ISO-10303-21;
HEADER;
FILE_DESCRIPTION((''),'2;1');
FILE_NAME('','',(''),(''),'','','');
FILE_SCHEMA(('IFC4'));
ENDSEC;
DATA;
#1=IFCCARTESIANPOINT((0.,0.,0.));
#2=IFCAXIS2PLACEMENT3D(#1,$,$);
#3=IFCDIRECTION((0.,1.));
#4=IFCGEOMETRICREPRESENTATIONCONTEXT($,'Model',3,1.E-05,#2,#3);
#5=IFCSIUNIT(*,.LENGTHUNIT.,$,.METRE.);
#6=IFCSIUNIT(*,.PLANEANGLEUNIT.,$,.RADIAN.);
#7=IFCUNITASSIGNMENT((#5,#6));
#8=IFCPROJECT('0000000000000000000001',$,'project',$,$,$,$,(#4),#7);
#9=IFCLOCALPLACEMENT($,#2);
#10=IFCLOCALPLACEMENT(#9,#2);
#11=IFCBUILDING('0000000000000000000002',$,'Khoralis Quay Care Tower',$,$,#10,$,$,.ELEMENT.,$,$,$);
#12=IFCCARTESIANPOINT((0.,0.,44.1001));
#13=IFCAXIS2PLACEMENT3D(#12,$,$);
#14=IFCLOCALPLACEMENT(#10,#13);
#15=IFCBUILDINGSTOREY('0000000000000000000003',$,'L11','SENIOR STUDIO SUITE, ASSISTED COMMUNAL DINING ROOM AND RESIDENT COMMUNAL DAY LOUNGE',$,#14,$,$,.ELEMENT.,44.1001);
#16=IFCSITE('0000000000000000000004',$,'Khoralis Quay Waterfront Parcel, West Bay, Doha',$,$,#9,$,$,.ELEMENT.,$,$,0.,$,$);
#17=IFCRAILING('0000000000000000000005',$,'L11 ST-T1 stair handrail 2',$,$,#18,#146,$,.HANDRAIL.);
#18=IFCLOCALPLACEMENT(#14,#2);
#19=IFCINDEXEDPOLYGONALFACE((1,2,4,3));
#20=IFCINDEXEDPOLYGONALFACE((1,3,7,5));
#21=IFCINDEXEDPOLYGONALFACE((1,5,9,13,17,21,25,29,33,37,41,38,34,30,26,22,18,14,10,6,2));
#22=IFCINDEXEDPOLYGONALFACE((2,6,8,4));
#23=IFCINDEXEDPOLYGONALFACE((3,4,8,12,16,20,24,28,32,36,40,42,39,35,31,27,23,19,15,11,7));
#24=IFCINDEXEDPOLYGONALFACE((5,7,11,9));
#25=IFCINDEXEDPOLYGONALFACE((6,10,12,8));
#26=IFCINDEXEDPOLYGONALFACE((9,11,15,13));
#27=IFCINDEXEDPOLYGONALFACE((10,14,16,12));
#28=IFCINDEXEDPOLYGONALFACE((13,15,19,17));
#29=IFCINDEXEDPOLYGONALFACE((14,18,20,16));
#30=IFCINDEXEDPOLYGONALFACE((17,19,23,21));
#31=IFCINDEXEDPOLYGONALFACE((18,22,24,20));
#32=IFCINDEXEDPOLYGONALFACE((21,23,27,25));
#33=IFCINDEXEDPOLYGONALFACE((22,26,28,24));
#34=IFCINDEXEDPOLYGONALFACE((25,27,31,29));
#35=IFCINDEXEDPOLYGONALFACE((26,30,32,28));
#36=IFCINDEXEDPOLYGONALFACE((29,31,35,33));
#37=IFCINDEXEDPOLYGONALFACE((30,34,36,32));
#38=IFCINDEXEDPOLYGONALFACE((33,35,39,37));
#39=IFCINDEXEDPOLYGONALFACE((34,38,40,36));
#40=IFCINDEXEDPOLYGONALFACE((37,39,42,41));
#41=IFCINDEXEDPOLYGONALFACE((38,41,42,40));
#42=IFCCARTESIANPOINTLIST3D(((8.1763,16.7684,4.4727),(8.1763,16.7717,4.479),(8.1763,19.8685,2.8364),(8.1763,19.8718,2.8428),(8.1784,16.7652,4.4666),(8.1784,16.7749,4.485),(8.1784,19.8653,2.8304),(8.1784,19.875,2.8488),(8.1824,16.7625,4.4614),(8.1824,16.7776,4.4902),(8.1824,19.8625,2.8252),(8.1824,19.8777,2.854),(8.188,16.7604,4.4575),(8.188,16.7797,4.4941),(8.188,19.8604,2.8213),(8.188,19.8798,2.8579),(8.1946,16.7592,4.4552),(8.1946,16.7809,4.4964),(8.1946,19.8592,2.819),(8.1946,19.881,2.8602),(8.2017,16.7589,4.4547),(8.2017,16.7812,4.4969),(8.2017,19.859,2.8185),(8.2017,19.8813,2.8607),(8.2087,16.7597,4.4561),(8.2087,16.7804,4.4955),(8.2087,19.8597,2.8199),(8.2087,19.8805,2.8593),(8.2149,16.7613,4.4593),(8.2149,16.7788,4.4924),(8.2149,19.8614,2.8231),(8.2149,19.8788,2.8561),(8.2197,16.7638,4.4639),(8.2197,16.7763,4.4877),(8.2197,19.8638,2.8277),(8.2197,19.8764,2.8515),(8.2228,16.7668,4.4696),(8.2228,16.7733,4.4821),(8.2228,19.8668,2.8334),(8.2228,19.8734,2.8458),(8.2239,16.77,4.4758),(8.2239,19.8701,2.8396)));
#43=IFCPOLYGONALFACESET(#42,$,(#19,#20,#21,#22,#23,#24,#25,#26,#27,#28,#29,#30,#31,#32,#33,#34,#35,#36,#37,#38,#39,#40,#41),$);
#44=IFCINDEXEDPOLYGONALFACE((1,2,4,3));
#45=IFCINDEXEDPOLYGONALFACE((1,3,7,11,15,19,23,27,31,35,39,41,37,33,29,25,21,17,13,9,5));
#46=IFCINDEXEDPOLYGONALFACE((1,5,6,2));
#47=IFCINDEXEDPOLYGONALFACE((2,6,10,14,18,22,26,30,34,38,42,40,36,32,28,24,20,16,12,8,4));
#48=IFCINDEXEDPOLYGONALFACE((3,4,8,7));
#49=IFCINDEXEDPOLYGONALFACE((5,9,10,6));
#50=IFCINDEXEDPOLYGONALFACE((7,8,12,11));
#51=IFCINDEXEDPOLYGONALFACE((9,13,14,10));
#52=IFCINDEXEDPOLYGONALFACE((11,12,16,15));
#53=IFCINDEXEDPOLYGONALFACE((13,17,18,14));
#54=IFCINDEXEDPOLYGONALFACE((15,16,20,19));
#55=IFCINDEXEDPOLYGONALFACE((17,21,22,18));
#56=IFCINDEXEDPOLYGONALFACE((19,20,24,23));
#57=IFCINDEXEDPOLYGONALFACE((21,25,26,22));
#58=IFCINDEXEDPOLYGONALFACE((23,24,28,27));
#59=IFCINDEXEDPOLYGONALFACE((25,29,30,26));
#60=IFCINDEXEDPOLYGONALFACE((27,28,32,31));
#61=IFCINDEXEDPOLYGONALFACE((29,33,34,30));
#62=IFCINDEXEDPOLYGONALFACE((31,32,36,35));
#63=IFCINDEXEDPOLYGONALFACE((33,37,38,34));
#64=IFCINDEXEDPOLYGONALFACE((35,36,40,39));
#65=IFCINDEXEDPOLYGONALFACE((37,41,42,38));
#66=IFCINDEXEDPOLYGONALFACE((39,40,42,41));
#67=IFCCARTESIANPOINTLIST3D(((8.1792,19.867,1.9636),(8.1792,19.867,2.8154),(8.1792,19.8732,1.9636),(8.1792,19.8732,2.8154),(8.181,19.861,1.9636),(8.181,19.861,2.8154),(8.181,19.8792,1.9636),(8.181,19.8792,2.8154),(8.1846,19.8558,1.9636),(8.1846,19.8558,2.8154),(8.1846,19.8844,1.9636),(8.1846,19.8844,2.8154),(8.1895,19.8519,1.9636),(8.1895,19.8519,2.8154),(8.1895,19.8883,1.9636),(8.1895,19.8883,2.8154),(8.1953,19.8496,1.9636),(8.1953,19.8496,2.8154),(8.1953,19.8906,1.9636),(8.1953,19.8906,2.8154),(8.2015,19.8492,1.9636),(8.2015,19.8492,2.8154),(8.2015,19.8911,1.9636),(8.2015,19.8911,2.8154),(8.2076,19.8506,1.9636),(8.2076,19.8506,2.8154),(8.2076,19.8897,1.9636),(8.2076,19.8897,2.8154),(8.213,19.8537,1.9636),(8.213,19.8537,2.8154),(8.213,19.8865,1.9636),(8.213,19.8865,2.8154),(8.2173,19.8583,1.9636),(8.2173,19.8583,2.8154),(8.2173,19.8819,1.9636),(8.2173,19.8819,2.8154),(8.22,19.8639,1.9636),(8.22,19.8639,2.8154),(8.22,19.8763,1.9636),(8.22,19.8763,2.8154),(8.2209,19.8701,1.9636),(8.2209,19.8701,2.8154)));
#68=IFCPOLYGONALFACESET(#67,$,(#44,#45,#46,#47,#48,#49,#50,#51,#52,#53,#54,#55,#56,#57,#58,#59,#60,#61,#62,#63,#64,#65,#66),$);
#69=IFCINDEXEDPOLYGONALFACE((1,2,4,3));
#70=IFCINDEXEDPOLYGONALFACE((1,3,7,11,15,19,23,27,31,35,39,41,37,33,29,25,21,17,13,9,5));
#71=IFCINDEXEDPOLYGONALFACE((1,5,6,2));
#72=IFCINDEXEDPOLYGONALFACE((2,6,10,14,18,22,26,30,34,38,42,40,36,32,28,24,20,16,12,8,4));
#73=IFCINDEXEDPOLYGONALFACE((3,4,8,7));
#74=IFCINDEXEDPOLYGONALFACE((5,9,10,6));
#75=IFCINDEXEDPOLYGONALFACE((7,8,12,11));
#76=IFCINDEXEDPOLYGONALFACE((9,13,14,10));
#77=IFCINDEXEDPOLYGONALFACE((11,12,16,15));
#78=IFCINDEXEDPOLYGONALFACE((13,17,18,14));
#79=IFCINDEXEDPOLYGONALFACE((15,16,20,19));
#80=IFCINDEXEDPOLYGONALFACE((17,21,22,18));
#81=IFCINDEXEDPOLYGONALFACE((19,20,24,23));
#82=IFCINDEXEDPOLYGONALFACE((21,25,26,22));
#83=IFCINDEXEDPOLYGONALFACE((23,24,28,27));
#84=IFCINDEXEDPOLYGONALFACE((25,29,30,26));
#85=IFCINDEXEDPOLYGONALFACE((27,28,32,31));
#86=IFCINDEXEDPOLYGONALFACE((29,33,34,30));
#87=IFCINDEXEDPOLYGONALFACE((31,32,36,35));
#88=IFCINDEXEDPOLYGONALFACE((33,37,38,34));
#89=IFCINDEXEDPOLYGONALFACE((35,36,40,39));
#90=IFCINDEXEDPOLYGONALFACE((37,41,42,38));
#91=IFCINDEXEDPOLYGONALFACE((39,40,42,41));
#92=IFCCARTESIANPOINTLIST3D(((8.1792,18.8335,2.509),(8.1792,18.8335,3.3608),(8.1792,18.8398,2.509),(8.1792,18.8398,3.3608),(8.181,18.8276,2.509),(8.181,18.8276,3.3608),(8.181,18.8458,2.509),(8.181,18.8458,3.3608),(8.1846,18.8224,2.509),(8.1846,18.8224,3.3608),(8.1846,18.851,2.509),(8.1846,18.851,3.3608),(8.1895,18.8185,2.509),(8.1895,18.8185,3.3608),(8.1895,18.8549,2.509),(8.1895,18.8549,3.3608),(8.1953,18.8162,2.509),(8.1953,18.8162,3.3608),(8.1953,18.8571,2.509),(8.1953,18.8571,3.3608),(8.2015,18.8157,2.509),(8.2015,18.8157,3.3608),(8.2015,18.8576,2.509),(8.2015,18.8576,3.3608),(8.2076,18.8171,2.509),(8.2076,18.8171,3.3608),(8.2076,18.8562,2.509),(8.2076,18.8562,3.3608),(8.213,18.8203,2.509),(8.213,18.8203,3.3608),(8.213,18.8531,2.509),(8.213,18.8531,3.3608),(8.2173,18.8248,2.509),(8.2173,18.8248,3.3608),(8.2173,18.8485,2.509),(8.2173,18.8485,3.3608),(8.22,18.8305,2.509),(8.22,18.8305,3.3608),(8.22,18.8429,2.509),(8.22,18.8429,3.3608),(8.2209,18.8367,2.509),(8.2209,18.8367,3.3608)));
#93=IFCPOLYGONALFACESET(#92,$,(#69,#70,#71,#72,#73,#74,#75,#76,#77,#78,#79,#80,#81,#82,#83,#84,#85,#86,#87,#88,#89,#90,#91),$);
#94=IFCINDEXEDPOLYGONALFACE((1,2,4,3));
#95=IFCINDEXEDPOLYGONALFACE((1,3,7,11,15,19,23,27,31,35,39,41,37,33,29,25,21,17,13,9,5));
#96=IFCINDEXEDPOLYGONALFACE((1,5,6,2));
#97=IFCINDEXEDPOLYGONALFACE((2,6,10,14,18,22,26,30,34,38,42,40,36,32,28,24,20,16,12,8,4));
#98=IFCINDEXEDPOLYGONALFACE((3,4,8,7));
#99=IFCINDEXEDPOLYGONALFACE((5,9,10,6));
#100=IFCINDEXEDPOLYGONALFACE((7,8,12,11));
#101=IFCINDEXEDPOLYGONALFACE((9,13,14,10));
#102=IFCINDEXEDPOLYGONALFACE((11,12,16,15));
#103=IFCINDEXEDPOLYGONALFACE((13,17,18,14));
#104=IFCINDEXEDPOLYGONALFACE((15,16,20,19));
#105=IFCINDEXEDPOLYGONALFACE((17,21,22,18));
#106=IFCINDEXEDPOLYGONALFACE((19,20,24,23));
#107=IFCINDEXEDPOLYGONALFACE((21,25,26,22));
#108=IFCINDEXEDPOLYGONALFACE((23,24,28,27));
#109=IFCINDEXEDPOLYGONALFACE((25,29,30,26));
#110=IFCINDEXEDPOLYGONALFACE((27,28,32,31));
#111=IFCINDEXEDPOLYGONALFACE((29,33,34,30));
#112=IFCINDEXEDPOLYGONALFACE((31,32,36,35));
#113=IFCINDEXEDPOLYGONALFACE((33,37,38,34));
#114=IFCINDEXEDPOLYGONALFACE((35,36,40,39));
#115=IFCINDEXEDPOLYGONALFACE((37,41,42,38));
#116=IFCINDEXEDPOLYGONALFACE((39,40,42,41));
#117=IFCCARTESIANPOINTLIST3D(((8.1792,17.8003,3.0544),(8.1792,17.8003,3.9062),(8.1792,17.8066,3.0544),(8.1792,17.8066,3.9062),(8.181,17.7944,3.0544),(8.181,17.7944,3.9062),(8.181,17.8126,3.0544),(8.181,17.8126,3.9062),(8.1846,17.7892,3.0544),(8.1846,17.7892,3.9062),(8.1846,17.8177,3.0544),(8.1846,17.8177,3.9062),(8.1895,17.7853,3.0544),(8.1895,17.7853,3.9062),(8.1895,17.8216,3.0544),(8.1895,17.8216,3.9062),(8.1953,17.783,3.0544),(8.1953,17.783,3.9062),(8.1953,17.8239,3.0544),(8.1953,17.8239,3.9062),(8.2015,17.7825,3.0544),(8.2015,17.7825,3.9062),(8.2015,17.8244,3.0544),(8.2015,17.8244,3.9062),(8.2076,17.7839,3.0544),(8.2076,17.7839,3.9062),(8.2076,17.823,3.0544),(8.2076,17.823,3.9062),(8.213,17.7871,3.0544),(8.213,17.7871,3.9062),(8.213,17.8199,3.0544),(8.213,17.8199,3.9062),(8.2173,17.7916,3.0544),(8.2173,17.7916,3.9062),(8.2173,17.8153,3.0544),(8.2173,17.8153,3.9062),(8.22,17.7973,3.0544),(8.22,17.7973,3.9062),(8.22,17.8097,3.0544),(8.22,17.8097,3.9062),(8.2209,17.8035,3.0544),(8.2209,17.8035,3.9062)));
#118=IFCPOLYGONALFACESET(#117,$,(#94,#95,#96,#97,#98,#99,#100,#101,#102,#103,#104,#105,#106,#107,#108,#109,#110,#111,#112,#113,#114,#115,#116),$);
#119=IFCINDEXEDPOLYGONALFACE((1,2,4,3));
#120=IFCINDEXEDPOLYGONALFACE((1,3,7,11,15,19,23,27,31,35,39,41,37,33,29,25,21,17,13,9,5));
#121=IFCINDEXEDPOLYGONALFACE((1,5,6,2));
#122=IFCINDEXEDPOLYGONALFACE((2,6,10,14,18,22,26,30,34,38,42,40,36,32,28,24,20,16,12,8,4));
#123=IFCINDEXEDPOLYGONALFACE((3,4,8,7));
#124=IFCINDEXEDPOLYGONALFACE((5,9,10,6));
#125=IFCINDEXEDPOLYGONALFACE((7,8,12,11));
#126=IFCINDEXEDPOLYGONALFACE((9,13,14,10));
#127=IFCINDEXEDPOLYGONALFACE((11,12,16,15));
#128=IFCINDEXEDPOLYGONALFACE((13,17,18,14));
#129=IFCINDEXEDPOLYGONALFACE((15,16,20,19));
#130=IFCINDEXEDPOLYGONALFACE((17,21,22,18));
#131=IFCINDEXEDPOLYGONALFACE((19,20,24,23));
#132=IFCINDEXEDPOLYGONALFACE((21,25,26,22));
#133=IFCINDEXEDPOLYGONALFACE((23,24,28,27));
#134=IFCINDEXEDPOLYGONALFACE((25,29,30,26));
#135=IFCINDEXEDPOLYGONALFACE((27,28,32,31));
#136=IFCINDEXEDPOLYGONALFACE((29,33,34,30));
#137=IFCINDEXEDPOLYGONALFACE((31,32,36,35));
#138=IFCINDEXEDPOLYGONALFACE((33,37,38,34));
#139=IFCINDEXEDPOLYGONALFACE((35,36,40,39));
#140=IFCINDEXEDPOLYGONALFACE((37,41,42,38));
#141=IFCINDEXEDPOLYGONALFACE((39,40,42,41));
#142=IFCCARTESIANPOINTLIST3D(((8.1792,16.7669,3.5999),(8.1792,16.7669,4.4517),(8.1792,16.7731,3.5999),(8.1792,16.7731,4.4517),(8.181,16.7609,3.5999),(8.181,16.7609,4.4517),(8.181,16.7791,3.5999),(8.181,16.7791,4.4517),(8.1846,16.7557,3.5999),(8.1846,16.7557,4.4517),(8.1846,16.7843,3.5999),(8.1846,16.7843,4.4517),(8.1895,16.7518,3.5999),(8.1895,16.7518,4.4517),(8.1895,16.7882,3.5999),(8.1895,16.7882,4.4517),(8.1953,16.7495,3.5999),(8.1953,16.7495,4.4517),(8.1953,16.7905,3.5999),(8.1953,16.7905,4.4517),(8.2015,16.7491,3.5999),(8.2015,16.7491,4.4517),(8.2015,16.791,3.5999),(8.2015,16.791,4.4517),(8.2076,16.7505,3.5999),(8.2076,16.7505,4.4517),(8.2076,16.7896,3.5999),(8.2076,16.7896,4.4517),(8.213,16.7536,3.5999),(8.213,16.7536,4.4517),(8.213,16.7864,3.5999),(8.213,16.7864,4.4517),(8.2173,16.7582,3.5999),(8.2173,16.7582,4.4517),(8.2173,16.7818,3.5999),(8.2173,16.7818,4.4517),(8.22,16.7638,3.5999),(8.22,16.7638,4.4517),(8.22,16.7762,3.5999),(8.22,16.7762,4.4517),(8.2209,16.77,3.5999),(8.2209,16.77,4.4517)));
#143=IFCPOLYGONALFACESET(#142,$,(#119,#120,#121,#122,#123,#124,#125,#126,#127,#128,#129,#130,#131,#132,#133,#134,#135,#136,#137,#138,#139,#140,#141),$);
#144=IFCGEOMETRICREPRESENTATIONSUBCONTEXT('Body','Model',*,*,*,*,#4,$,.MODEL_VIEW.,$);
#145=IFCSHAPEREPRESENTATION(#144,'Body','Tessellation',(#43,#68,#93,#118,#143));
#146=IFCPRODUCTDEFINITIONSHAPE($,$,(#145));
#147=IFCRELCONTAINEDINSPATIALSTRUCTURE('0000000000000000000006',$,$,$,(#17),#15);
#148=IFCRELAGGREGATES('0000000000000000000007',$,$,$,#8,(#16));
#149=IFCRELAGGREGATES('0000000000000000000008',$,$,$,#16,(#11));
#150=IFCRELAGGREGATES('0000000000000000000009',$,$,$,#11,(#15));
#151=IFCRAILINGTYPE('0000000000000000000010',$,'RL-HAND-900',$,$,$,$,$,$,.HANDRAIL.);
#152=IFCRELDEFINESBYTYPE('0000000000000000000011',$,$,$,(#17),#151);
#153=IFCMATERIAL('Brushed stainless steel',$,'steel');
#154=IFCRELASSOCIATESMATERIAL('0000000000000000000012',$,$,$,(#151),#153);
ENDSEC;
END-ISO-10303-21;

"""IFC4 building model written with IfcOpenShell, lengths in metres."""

from ifc_helpers import new_model, si_unit, direction, frame, origin, origin_2d, place, context, subcontext, project, spatial, circle, extrude, material, type_object, element, save


model = new_model("IFC4")

# Units and contexts
model_context = context("Model", 3, precision=1e-05, world=origin(), true_north=direction((0.0, 1.0)))
body_context = subcontext(model_context, "Body", "Model", "MODEL_VIEW")
ifc_project = project(units=[si_unit("LENGTHUNIT", "METRE"), si_unit("PLANEANGLEUNIT", "RADIAN")], contexts=[model_context])

# Site, building, storey
site_placement = place(None, origin())
site = spatial("IfcSite", under=ifc_project, at=site_placement, Name="Khoralis Quay Waterfront Parcel, West Bay, Doha", CompositionType="ELEMENT", RefElevation=0.0)
building_placement = place(site_placement, origin())
building = spatial("IfcBuilding", under=site, at=building_placement, Name="Khoralis Quay Care Tower", CompositionType="ELEMENT")
storey_placement = place(building_placement, frame((0.0, 0.0, 44.1001)))
storey = spatial("IfcBuildingStorey", under=building, at=storey_placement, Name="L11", Description="SENIOR STUDIO SUITE, ASSISTED COMMUNAL DINING ROOM AND RESIDENT COMMUNAL DAY LOUNGE", CompositionType="ELEMENT", Elevation=44.1001)

# Shared definitions
ifc_material_1 = material(Name="Brushed stainless steel", Category="steel")

# Railing
railing_type_1 = type_object("IfcRailingType", Name="RL-HAND-900", PredefinedType="HANDRAIL", material=ifc_material_1)
railing_1_placement = place(storey_placement, frame((8.2, 19.8701, 1.9636)))
element("IfcRailing", 1, at=railing_1_placement, inside=storey, type_object=railing_type_1, Name="L11 ST-T1 stair handrail 2", PredefinedType="HANDRAIL", context=body_context, shape_type="SweptSolid", body=[
    extrude(circle(Radius=0.0239, at=origin_2d()), frame((0.0, 0.0, 0.876), z_axis=(0.0, -0.884377, 0.466774), x_axis=(1.0, 0.0, 0.0)), (0.0, 0.0, 1.0), 3.5054),
    extrude(circle(Radius=0.021, at=origin_2d()), origin(), (0.0, 0.0, 1.0), 0.8518),
    extrude(circle(Radius=0.021, at=origin_2d()), frame((0.0, -1.0334, 0.5454)), (0.0, 0.0, 1.0), 0.8518),
    extrude(circle(Radius=0.021, at=origin_2d()), frame((0.0, -2.0667, 1.0908)), (0.0, 0.0, 1.0), 0.8518),
    extrude(circle(Radius=0.021, at=origin_2d()), frame((0.0, -3.1001, 1.6362)), (0.0, 0.0, 1.0), 0.8518),
])

save(model, "model.ifc")
